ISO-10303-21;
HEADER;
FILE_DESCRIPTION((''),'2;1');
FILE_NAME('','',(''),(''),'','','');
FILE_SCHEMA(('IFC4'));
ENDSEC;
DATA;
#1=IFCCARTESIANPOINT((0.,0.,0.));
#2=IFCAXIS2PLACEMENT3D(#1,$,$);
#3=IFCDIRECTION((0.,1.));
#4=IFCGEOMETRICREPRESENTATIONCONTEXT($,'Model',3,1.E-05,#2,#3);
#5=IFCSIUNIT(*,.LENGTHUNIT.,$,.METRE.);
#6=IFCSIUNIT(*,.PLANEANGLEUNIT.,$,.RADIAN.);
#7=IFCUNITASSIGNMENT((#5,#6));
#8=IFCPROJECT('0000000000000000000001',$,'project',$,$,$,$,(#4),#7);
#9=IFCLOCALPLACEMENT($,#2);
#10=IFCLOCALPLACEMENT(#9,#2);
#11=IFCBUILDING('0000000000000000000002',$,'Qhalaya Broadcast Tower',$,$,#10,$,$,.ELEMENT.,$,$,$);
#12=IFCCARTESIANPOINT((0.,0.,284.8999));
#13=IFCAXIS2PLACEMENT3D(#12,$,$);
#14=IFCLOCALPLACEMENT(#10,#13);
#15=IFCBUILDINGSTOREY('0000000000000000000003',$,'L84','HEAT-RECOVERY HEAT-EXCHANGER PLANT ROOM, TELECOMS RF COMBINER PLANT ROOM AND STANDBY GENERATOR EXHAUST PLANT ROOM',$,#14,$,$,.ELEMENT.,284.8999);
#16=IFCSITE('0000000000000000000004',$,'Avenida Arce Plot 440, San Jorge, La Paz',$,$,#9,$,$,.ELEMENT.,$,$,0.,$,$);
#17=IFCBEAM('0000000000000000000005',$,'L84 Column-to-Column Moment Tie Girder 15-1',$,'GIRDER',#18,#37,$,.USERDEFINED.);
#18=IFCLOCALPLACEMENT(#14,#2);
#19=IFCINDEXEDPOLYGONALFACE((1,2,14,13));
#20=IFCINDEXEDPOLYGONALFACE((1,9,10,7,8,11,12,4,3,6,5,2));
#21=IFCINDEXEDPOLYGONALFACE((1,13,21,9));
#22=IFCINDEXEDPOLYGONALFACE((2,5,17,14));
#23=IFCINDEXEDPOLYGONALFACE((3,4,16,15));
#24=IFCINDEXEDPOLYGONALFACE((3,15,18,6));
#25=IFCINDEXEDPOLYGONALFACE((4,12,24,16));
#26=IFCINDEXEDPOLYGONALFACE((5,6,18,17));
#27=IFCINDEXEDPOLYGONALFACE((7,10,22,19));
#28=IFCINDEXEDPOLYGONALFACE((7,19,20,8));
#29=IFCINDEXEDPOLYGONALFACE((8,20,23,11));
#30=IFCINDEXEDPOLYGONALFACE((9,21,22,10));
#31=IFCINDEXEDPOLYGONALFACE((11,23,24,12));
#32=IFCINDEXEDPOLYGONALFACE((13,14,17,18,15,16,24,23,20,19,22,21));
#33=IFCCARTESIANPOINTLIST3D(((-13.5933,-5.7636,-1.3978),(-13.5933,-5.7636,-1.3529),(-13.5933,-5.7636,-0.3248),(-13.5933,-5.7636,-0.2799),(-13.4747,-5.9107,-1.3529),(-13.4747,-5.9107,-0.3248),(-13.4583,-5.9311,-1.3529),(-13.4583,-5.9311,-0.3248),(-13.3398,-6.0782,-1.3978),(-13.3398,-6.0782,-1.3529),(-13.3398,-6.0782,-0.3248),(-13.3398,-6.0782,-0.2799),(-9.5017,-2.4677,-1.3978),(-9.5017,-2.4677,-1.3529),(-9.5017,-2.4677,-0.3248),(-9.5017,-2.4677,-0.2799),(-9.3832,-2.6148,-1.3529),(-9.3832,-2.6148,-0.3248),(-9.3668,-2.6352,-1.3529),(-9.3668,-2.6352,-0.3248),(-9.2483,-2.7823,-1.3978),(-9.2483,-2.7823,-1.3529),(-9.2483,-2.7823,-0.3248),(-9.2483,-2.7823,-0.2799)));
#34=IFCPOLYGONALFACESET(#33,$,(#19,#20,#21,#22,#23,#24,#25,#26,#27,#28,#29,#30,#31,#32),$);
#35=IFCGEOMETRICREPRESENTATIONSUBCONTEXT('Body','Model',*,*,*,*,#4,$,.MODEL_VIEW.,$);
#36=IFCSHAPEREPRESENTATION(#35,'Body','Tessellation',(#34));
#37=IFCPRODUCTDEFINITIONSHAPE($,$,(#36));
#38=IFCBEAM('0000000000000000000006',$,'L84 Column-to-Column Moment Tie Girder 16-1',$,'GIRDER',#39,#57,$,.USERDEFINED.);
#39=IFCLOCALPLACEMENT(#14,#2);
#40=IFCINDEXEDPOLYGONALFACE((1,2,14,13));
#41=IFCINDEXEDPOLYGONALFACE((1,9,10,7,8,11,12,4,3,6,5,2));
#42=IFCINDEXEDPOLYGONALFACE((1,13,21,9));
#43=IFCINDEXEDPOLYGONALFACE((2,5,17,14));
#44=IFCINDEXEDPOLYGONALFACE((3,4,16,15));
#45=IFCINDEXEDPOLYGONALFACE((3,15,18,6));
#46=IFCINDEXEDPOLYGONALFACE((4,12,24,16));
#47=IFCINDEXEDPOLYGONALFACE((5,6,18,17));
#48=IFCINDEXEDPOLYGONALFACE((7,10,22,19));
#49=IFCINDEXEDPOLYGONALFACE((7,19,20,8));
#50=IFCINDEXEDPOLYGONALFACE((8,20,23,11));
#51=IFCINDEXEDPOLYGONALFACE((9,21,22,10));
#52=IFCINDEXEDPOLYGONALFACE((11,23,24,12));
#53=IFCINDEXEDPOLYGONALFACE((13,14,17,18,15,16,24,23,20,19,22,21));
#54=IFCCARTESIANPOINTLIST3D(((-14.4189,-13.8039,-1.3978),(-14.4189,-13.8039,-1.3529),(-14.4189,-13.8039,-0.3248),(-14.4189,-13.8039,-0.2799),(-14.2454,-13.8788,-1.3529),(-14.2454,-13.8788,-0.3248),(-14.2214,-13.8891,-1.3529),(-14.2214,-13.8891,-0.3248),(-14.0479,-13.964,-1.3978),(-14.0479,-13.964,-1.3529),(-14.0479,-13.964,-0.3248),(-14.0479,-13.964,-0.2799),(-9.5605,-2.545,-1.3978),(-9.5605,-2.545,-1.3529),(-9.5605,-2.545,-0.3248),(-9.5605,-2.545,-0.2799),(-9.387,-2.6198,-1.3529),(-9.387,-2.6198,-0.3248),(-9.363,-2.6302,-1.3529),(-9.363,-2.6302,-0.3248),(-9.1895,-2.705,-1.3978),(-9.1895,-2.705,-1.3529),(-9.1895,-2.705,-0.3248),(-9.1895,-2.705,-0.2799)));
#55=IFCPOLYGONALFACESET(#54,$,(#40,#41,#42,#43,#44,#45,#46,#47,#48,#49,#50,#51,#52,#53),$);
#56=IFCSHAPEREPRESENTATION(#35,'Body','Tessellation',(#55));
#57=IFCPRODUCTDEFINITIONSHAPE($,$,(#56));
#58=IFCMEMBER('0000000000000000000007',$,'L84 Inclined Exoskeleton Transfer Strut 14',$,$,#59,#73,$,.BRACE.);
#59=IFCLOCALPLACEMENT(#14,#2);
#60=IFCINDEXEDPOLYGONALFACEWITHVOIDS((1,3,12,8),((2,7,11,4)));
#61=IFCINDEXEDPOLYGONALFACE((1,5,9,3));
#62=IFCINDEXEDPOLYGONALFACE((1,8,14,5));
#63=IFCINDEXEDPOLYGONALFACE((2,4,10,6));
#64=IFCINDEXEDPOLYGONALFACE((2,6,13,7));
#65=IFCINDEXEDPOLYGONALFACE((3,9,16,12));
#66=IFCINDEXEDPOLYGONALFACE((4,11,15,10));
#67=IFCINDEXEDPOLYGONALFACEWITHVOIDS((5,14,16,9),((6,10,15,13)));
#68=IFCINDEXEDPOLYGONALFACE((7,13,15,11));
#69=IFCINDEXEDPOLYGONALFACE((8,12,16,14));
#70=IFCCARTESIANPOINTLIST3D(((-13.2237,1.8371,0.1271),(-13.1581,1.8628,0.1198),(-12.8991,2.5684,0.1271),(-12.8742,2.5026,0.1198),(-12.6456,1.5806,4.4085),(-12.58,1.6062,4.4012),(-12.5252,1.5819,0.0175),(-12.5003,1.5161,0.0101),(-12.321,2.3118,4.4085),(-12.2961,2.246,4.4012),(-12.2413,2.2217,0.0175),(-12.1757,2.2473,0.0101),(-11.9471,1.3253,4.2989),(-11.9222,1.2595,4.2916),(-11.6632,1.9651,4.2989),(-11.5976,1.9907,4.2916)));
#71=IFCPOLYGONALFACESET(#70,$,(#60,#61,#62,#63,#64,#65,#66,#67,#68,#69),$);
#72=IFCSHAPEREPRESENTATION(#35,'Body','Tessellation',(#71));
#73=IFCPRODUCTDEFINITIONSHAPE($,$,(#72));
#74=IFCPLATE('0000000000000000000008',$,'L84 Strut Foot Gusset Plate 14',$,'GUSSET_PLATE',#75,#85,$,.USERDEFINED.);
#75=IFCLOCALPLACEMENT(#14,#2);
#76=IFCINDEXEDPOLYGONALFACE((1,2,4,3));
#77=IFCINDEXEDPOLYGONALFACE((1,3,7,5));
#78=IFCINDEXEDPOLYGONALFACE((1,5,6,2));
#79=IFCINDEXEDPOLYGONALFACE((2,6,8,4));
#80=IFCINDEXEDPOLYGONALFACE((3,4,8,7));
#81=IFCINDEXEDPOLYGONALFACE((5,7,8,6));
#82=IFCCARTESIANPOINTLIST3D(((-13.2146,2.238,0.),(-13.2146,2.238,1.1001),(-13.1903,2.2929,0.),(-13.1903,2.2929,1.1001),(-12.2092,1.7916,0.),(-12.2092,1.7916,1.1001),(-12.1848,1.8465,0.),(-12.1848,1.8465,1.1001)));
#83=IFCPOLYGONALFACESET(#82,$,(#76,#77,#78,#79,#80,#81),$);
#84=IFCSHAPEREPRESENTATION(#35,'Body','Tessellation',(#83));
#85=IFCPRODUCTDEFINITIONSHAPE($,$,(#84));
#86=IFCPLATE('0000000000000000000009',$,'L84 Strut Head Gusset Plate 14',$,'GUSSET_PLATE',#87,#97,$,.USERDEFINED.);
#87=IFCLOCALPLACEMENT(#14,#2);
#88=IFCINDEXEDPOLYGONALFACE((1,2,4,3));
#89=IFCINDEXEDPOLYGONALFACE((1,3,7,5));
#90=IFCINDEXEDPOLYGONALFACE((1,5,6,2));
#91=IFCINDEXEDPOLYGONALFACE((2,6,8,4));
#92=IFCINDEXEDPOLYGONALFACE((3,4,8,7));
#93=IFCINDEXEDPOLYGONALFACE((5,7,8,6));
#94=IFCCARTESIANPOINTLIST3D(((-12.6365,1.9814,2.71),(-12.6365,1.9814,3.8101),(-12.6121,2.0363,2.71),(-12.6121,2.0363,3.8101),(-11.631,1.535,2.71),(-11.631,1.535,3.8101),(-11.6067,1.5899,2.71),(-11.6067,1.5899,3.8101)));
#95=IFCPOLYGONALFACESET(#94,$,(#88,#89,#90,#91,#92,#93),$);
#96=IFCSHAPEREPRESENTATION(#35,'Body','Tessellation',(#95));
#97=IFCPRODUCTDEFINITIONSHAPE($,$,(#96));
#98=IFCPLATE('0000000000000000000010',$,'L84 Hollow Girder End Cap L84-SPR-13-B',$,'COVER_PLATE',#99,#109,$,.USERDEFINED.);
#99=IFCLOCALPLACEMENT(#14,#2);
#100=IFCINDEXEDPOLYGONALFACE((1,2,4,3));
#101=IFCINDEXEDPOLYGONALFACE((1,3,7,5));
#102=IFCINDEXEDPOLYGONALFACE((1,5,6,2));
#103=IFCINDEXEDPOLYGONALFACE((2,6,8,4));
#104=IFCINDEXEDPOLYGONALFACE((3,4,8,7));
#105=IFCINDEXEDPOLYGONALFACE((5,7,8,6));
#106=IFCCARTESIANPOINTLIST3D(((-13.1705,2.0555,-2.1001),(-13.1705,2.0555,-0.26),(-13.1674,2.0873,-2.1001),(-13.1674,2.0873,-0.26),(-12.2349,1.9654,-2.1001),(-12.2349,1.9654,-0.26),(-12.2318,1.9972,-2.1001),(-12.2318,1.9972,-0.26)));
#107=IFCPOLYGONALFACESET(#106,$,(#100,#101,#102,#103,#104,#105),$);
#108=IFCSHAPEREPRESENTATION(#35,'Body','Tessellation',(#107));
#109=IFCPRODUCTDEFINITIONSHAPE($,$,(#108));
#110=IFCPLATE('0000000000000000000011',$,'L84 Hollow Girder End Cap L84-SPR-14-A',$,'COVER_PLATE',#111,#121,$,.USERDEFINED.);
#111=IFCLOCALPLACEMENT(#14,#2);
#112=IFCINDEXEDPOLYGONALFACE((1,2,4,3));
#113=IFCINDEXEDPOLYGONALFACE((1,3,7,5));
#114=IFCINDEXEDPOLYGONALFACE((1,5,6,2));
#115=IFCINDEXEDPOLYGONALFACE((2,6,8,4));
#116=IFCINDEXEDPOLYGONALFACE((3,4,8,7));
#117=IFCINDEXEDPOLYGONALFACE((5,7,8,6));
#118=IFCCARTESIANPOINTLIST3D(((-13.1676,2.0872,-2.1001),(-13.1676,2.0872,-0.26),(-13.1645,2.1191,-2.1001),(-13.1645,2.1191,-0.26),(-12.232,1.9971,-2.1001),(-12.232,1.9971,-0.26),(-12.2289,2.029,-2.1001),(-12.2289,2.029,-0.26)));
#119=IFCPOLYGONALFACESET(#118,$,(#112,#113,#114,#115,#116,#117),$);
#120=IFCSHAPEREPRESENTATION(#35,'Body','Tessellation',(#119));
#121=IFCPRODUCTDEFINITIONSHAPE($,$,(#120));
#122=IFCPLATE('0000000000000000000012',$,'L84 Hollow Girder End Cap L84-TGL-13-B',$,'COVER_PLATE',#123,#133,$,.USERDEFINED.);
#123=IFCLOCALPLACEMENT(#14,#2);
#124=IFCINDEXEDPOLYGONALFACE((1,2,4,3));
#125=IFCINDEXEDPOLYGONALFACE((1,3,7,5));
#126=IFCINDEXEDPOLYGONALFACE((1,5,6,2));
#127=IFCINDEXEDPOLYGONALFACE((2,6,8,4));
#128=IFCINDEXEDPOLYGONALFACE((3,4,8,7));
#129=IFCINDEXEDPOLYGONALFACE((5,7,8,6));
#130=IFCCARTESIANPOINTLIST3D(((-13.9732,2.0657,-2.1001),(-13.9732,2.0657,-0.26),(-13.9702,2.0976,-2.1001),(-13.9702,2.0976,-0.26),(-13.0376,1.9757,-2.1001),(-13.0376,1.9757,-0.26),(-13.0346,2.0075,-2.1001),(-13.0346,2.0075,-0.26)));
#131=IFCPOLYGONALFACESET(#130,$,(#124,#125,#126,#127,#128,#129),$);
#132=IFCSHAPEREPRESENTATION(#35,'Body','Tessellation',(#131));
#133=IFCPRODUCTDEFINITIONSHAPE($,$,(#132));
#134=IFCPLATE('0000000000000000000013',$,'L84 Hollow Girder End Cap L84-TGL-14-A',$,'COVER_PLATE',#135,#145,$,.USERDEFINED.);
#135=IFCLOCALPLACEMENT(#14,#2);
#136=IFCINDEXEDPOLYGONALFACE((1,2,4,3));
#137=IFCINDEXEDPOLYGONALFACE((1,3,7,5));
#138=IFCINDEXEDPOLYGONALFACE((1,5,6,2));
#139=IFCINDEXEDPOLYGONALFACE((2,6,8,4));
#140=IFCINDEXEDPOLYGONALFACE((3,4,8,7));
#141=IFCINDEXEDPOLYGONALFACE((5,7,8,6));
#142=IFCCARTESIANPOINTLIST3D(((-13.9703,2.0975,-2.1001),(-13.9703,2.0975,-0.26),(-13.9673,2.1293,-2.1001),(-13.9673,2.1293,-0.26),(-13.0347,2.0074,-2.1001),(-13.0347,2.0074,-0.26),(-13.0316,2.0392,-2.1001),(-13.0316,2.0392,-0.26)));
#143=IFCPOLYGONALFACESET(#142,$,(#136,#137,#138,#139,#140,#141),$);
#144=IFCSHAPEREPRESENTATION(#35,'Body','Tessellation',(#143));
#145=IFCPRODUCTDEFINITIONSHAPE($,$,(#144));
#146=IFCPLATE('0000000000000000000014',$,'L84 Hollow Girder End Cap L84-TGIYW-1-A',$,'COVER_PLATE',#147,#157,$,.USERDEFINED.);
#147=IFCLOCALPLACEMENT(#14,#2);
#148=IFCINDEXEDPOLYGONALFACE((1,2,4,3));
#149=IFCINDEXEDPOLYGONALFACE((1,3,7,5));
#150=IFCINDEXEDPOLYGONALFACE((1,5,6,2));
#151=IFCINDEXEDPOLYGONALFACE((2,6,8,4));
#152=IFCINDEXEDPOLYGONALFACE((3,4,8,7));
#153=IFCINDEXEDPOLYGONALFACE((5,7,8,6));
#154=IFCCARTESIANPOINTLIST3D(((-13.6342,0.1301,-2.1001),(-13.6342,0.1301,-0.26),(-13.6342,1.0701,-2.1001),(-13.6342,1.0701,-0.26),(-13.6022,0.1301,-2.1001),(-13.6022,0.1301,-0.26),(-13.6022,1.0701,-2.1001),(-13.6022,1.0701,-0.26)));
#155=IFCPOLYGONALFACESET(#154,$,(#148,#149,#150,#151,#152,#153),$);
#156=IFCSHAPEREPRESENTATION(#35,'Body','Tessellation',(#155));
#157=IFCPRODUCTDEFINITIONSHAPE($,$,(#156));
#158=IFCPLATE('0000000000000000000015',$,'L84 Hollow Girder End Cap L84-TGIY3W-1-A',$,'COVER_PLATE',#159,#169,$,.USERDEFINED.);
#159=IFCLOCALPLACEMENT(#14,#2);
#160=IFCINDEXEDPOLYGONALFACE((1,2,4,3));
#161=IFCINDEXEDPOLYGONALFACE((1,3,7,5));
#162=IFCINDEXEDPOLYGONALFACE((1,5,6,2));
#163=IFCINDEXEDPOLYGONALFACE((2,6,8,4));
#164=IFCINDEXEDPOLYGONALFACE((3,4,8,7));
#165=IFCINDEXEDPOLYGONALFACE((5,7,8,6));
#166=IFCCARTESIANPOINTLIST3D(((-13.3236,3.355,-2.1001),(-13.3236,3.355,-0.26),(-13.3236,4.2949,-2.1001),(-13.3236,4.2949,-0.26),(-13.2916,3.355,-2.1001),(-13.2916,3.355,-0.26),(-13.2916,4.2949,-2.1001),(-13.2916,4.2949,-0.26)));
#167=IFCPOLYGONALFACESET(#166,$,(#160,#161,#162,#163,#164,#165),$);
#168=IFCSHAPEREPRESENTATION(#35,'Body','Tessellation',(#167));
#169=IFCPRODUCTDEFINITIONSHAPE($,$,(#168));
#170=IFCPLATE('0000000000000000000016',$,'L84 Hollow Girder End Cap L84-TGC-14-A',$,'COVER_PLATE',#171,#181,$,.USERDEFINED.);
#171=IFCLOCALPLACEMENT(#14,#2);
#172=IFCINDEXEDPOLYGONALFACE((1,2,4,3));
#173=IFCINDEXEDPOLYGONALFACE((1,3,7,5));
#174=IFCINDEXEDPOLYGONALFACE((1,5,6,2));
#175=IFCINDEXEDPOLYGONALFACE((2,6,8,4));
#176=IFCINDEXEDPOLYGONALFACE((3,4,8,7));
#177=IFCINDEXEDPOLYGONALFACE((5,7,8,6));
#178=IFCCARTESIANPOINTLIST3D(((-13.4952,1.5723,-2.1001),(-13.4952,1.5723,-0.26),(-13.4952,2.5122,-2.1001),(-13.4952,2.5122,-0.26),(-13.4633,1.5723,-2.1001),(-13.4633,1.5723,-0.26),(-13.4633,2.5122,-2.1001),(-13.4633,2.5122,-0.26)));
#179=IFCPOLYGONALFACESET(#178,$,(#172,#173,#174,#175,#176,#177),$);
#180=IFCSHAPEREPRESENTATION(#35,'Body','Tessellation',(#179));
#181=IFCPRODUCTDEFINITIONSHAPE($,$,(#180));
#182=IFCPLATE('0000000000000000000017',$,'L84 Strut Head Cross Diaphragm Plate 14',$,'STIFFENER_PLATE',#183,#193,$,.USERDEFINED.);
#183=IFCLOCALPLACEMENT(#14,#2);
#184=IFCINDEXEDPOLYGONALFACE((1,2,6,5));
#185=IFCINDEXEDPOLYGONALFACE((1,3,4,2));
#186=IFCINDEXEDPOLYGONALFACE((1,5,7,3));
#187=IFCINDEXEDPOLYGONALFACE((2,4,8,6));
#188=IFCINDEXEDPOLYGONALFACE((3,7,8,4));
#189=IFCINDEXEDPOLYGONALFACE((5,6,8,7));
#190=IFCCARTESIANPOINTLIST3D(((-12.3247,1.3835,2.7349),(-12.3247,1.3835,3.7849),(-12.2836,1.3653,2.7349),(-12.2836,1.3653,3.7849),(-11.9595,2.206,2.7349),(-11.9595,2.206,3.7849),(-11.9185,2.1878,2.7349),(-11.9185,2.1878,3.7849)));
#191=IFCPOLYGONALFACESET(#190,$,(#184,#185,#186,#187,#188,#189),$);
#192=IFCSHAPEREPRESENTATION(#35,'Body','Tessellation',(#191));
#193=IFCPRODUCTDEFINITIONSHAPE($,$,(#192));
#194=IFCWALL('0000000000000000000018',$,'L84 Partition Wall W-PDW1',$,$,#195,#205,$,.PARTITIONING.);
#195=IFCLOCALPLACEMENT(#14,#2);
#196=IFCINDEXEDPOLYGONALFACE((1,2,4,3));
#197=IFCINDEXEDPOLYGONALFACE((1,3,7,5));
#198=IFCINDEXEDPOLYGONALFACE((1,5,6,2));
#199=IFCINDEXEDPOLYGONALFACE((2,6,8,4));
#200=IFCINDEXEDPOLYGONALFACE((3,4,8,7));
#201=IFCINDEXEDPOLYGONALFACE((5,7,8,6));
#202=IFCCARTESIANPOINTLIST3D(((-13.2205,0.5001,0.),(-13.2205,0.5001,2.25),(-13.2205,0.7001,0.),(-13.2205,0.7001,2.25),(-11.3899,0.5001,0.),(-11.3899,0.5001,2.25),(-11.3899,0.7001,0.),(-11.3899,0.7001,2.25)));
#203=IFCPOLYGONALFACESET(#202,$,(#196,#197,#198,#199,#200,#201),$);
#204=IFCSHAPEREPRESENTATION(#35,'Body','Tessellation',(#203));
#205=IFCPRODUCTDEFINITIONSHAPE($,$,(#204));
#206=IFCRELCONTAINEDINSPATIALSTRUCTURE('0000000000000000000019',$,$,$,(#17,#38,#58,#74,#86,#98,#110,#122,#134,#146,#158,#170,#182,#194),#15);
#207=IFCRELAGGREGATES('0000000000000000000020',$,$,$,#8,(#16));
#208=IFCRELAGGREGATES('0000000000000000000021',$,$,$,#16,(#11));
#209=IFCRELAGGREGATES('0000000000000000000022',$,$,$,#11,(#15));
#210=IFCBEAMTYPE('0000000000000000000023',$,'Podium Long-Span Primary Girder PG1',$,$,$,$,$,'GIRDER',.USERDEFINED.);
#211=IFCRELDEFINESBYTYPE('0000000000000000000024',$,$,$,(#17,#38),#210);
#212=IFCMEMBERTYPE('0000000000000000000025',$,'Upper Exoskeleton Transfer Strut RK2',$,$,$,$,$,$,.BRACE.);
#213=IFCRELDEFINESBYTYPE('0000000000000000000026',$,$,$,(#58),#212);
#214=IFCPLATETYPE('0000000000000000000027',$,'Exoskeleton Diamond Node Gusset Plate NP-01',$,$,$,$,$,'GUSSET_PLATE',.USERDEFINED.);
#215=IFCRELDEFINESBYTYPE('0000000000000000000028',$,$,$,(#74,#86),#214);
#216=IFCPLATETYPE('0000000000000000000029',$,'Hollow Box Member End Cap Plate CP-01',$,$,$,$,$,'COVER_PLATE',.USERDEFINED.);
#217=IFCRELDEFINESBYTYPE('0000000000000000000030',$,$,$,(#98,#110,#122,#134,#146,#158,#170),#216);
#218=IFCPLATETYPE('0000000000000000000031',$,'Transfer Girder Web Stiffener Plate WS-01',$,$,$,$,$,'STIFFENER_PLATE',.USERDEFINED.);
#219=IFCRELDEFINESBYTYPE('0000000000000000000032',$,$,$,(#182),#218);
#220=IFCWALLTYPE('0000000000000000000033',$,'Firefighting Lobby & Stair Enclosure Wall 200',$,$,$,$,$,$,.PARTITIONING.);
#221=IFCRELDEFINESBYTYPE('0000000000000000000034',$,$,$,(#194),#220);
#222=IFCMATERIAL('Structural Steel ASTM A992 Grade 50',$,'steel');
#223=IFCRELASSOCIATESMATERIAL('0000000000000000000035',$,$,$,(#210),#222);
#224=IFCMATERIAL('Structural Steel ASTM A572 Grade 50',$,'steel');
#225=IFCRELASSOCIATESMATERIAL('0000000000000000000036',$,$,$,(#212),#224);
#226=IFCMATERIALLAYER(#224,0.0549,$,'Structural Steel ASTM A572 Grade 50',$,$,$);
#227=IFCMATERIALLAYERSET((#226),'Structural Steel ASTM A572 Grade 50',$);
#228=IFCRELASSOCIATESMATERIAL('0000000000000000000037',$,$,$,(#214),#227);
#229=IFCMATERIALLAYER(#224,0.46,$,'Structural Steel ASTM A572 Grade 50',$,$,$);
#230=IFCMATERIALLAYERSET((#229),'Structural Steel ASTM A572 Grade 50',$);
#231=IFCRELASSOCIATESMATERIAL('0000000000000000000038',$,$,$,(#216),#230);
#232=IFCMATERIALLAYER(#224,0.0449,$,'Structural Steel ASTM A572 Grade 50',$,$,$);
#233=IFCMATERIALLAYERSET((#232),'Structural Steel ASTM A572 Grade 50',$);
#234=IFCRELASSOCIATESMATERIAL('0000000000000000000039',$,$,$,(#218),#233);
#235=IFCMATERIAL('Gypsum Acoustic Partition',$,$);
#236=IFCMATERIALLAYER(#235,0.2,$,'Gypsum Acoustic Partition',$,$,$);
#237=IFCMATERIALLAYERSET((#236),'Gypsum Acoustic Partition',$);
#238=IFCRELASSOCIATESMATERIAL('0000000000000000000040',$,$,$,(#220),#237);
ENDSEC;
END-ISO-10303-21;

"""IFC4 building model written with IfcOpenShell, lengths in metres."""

from ifc_helpers import new_model, si_unit, direction, frame, frame_2d, origin, origin_2d, place, context, subcontext, project, spatial, rectangle, hollow_rectangle, i_section, extrude, material, layer, layer_set, material_profile, profile_set, type_object, element, save


model = new_model("IFC4")

# Units and contexts
model_context = context("Model", 3, precision=1e-05, world=origin(), true_north=direction((0.0, 1.0)))
body_context = subcontext(model_context, "Body", "Model", "MODEL_VIEW")
ifc_project = project(units=[si_unit("LENGTHUNIT", "METRE"), si_unit("PLANEANGLEUNIT", "RADIAN")], contexts=[model_context])

# Site, building, storey
site_placement = place(None, origin())
site = spatial("IfcSite", under=ifc_project, at=site_placement, Name="Avenida Arce Plot 440, San Jorge, La Paz", CompositionType="ELEMENT", RefElevation=0.0)
building_placement = place(site_placement, origin())
building = spatial("IfcBuilding", under=site, at=building_placement, Name="Qhalaya Broadcast Tower", CompositionType="ELEMENT")
storey_placement = place(building_placement, frame((0.0, 0.0, 284.8999)))
storey = spatial("IfcBuildingStorey", under=building, at=storey_placement, Name="L84", Description="HEAT-RECOVERY HEAT-EXCHANGER PLANT ROOM, TELECOMS RF COMBINER PLANT ROOM AND STANDBY GENERATOR EXHAUST PLANT ROOM", CompositionType="ELEMENT", Elevation=284.8999)

# Beams
ifc_material_1 = material(Name="Structural Steel ASTM A572 Grade 50", Category="steel")
ifc_material_2 = material(Name="Structural Steel ASTM A992 Grade 50", Category="steel")
ifc_material_profile_1 = material_profile(ifc_material_2, i_section(OverallWidth=0.4041, OverallDepth=1.1179, WebThickness=0.0261, FlangeThickness=0.0449, at=origin_2d()), Name="W44X335")
ifc_profile_set_1 = profile_set([ifc_material_profile_1], Name="Structural Steel ASTM A992 Grade 50")
beam_type_1 = type_object("IfcBeamType", Name="Podium Long-Span Primary Girder PG1", ElementType="GIRDER", PredefinedType="USERDEFINED", material=ifc_profile_set_1)
beam_1_placement = place(storey_placement, frame((-9.375, -2.625, -0.8389), z_axis=(-0.778761, -0.627321, 0.0), x_axis=(0.627321, -0.778761, 0.0)))
element("IfcBeam", 1, at=beam_1_placement, inside=storey, type_object=beam_type_1, Name="L84 Column-to-Column Moment Tie Girder 15-1", ObjectType="GIRDER", PredefinedType="USERDEFINED", context=body_context, shape_type="SweptSolid", body=[
    extrude(i_section(OverallWidth=0.4041, OverallDepth=1.1179, WebThickness=0.0261, FlangeThickness=0.0449, at=origin_2d()), origin(), (0.0, 0.0, 1.0), 5.2539),
])
beam_2_placement = place(storey_placement, frame((-9.375, -2.625, -0.8389), z_axis=(-0.396198, -0.918165, 0.0), x_axis=(0.918165, -0.396198, 0.0)))
element("IfcBeam", 2, at=beam_2_placement, inside=storey, type_object=beam_type_1, Name="L84 Column-to-Column Moment Tie Girder 16-1", ObjectType="GIRDER", PredefinedType="USERDEFINED", context=body_context, shape_type="SweptSolid", body=[
    extrude(i_section(OverallWidth=0.4041, OverallDepth=1.1179, WebThickness=0.0261, FlangeThickness=0.0449, at=origin_2d()), origin(), (0.0, 0.0, 1.0), 12.2625),
])

# Member
ifc_material_profile_2 = material_profile(ifc_material_1, hollow_rectangle(XDim=0.8, YDim=0.8, WallThickness=0.05, at=origin_2d()), Name="BOX 800x800x50")
ifc_profile_set_2 = profile_set([ifc_material_profile_2], Name="Structural Steel ASTM A572 Grade 50")
member_type = type_object("IfcMemberType", Name="Upper Exoskeleton Transfer Strut RK2", PredefinedType="BRACE", material=ifc_profile_set_2)
member_placement = place(storey_placement, frame((-12.6997, 2.0422, 0.0686), z_axis=(0.133579, -0.059287, 0.989263), x_axis=(0.405673, 0.914018, 0.0)))
element("IfcMember", 3, at=member_placement, inside=storey, type_object=member_type, Name="L84 Inclined Exoskeleton Transfer Strut 14", PredefinedType="BRACE", context=body_context, shape_type="SweptSolid", body=[
    extrude(hollow_rectangle(XDim=0.8, YDim=0.8, WallThickness=0.05, at=origin_2d()), origin(), (0.0, 0.0, 1.0), 4.3279),
])

# Plates
ifc_layer_1 = layer(ifc_material_1, 0.0549, Name="Structural Steel ASTM A572 Grade 50")
ifc_layer_set_1 = layer_set([ifc_layer_1], Name="Structural Steel ASTM A572 Grade 50")
plate_type_1 = type_object("IfcPlateType", Name="Exoskeleton Diamond Node Gusset Plate NP-01", ElementType="GUSSET_PLATE", PredefinedType="USERDEFINED", material=ifc_layer_set_1)
for number, where, z_axis, x_axis, name in (
    (4, (-12.6997, 2.0422, 0.0), (0.0, 0.0, 1.0), (0.913978, -0.405764, 0.0), "L84 Strut Foot Gusset Plate 14"),
    (5, (-12.1216, 1.7856, 2.71), (0.0, 0.0, 1.0), (0.913978, -0.405764, 0.0), "L84 Strut Head Gusset Plate 14"),
):
    element("IfcPlate", number, at=place(storey_placement, frame(where, z_axis=z_axis, x_axis=x_axis)), inside=storey, type_object=plate_type_1, Name=name, ObjectType="GUSSET_PLATE", PredefinedType="USERDEFINED", context=body_context, shape_type="SweptSolid", body=[
        extrude(rectangle(XDim=1.1001, YDim=0.0601, at=origin_2d()), origin(), (0.0, 0.0, 1.0), 1.1001),
    ])
ifc_layer_2 = layer(ifc_material_1, 0.46, Name="Structural Steel ASTM A572 Grade 50")
ifc_layer_set_2 = layer_set([ifc_layer_2], Name="Structural Steel ASTM A572 Grade 50")
plate_type_2 = type_object("IfcPlateType", Name="Hollow Box Member End Cap Plate CP-01", ElementType="COVER_PLATE", PredefinedType="USERDEFINED", material=ifc_layer_set_2)
for number, where, z_axis, x_axis, name in (
    (6, (-12.7012, 2.0264, -2.1001), (0.0, 0.0, 1.0), (0.995396, -0.095846, 0.0), "L84 Hollow Girder End Cap L84-SPR-13-B"),
    (7, (-12.6982, 2.0581, -2.1001), (0.0, 0.0, 1.0), (0.995396, -0.095846, 0.0), "L84 Hollow Girder End Cap L84-SPR-14-A"),
    (8, (-13.5039, 2.0366, -2.1001), (0.0, 0.0, 1.0), (0.995398, -0.095828, 0.0), "L84 Hollow Girder End Cap L84-TGL-13-B"),
    (9, (-13.501, 2.0684, -2.1001), (0.0, 0.0, 1.0), (0.995396, -0.095846, 0.0), "L84 Hollow Girder End Cap L84-TGL-14-A"),
    (10, (-13.6182, 0.6001, -2.1001), (0.0, 0.0, 1.0), (0.0, 1.0, 0.0), "L84 Hollow Girder End Cap L84-TGIYW-1-A"),
    (11, (-13.3076, 3.825, -2.1001), (0.0, 0.0, 1.0), (0.0, 1.0, 0.0), "L84 Hollow Girder End Cap L84-TGIY3W-1-A"),
    (12, (-13.4792, 2.0422, -2.1001), (0.0, 0.0, 1.0), (0.0, 1.0, 0.0), "L84 Hollow Girder End Cap L84-TGC-14-A"),
):
    element("IfcPlate", number, at=place(storey_placement, frame(where, z_axis=z_axis, x_axis=x_axis)), inside=storey, type_object=plate_type_2, Name=name, ObjectType="COVER_PLATE", PredefinedType="USERDEFINED", context=body_context, shape_type="SweptSolid", body=[
        extrude(rectangle(XDim=0.9399, YDim=0.032, at=origin_2d()), origin(), (0.0, 0.0, 1.0), 1.8401),
    ])
ifc_layer_3 = layer(ifc_material_1, 0.0449, Name="Structural Steel ASTM A572 Grade 50")
ifc_layer_set_3 = layer_set([ifc_layer_3], Name="Structural Steel ASTM A572 Grade 50")
plate_type_3 = type_object("IfcPlateType", Name="Transfer Girder Web Stiffener Plate WS-01", ElementType="STIFFENER_PLATE", PredefinedType="USERDEFINED", material=ifc_layer_set_3)
plate_placement = place(storey_placement, frame((-12.1216, 1.7856, 2.7349), z_axis=(0.0, 0.0, 1.0), x_axis=(0.405764, 0.913978, 0.0)))
element("IfcPlate", 13, at=plate_placement, inside=storey, type_object=plate_type_3, Name="L84 Strut Head Cross Diaphragm Plate 14", ObjectType="STIFFENER_PLATE", PredefinedType="USERDEFINED", context=body_context, shape_type="SweptSolid", body=[
    extrude(rectangle(XDim=0.8999, YDim=0.0449, at=origin_2d()), origin(), (0.0, 0.0, 1.0), 1.05),
])

# Wall
ifc_material_3 = material(Name="Gypsum Acoustic Partition")
ifc_layer_4 = layer(ifc_material_3, 0.2, Name="Gypsum Acoustic Partition")
ifc_layer_set_4 = layer_set([ifc_layer_4], Name="Gypsum Acoustic Partition")
wall_type_1 = type_object("IfcWallType", Name="Firefighting Lobby & Stair Enclosure Wall 200", PredefinedType="PARTITIONING", material=ifc_layer_set_4)
wall_1_placement = place(storey_placement, frame((-13.2205, 0.6001, 0.0), z_axis=(0.0, 0.0, 1.0), x_axis=(1.0, 0.0, 0.0)))
element("IfcWall", 14, at=wall_1_placement, inside=storey, type_object=wall_type_1, Name="L84 Partition Wall W-PDW1", PredefinedType="PARTITIONING", context=body_context, shape_type="SweptSolid", body=[
    extrude(rectangle(XDim=1.8306, YDim=0.2, at=frame_2d((0.9153, 0.0))), origin(), (0.0, 0.0, 1.0), 2.25),
])

save(model, "model.ifc")
